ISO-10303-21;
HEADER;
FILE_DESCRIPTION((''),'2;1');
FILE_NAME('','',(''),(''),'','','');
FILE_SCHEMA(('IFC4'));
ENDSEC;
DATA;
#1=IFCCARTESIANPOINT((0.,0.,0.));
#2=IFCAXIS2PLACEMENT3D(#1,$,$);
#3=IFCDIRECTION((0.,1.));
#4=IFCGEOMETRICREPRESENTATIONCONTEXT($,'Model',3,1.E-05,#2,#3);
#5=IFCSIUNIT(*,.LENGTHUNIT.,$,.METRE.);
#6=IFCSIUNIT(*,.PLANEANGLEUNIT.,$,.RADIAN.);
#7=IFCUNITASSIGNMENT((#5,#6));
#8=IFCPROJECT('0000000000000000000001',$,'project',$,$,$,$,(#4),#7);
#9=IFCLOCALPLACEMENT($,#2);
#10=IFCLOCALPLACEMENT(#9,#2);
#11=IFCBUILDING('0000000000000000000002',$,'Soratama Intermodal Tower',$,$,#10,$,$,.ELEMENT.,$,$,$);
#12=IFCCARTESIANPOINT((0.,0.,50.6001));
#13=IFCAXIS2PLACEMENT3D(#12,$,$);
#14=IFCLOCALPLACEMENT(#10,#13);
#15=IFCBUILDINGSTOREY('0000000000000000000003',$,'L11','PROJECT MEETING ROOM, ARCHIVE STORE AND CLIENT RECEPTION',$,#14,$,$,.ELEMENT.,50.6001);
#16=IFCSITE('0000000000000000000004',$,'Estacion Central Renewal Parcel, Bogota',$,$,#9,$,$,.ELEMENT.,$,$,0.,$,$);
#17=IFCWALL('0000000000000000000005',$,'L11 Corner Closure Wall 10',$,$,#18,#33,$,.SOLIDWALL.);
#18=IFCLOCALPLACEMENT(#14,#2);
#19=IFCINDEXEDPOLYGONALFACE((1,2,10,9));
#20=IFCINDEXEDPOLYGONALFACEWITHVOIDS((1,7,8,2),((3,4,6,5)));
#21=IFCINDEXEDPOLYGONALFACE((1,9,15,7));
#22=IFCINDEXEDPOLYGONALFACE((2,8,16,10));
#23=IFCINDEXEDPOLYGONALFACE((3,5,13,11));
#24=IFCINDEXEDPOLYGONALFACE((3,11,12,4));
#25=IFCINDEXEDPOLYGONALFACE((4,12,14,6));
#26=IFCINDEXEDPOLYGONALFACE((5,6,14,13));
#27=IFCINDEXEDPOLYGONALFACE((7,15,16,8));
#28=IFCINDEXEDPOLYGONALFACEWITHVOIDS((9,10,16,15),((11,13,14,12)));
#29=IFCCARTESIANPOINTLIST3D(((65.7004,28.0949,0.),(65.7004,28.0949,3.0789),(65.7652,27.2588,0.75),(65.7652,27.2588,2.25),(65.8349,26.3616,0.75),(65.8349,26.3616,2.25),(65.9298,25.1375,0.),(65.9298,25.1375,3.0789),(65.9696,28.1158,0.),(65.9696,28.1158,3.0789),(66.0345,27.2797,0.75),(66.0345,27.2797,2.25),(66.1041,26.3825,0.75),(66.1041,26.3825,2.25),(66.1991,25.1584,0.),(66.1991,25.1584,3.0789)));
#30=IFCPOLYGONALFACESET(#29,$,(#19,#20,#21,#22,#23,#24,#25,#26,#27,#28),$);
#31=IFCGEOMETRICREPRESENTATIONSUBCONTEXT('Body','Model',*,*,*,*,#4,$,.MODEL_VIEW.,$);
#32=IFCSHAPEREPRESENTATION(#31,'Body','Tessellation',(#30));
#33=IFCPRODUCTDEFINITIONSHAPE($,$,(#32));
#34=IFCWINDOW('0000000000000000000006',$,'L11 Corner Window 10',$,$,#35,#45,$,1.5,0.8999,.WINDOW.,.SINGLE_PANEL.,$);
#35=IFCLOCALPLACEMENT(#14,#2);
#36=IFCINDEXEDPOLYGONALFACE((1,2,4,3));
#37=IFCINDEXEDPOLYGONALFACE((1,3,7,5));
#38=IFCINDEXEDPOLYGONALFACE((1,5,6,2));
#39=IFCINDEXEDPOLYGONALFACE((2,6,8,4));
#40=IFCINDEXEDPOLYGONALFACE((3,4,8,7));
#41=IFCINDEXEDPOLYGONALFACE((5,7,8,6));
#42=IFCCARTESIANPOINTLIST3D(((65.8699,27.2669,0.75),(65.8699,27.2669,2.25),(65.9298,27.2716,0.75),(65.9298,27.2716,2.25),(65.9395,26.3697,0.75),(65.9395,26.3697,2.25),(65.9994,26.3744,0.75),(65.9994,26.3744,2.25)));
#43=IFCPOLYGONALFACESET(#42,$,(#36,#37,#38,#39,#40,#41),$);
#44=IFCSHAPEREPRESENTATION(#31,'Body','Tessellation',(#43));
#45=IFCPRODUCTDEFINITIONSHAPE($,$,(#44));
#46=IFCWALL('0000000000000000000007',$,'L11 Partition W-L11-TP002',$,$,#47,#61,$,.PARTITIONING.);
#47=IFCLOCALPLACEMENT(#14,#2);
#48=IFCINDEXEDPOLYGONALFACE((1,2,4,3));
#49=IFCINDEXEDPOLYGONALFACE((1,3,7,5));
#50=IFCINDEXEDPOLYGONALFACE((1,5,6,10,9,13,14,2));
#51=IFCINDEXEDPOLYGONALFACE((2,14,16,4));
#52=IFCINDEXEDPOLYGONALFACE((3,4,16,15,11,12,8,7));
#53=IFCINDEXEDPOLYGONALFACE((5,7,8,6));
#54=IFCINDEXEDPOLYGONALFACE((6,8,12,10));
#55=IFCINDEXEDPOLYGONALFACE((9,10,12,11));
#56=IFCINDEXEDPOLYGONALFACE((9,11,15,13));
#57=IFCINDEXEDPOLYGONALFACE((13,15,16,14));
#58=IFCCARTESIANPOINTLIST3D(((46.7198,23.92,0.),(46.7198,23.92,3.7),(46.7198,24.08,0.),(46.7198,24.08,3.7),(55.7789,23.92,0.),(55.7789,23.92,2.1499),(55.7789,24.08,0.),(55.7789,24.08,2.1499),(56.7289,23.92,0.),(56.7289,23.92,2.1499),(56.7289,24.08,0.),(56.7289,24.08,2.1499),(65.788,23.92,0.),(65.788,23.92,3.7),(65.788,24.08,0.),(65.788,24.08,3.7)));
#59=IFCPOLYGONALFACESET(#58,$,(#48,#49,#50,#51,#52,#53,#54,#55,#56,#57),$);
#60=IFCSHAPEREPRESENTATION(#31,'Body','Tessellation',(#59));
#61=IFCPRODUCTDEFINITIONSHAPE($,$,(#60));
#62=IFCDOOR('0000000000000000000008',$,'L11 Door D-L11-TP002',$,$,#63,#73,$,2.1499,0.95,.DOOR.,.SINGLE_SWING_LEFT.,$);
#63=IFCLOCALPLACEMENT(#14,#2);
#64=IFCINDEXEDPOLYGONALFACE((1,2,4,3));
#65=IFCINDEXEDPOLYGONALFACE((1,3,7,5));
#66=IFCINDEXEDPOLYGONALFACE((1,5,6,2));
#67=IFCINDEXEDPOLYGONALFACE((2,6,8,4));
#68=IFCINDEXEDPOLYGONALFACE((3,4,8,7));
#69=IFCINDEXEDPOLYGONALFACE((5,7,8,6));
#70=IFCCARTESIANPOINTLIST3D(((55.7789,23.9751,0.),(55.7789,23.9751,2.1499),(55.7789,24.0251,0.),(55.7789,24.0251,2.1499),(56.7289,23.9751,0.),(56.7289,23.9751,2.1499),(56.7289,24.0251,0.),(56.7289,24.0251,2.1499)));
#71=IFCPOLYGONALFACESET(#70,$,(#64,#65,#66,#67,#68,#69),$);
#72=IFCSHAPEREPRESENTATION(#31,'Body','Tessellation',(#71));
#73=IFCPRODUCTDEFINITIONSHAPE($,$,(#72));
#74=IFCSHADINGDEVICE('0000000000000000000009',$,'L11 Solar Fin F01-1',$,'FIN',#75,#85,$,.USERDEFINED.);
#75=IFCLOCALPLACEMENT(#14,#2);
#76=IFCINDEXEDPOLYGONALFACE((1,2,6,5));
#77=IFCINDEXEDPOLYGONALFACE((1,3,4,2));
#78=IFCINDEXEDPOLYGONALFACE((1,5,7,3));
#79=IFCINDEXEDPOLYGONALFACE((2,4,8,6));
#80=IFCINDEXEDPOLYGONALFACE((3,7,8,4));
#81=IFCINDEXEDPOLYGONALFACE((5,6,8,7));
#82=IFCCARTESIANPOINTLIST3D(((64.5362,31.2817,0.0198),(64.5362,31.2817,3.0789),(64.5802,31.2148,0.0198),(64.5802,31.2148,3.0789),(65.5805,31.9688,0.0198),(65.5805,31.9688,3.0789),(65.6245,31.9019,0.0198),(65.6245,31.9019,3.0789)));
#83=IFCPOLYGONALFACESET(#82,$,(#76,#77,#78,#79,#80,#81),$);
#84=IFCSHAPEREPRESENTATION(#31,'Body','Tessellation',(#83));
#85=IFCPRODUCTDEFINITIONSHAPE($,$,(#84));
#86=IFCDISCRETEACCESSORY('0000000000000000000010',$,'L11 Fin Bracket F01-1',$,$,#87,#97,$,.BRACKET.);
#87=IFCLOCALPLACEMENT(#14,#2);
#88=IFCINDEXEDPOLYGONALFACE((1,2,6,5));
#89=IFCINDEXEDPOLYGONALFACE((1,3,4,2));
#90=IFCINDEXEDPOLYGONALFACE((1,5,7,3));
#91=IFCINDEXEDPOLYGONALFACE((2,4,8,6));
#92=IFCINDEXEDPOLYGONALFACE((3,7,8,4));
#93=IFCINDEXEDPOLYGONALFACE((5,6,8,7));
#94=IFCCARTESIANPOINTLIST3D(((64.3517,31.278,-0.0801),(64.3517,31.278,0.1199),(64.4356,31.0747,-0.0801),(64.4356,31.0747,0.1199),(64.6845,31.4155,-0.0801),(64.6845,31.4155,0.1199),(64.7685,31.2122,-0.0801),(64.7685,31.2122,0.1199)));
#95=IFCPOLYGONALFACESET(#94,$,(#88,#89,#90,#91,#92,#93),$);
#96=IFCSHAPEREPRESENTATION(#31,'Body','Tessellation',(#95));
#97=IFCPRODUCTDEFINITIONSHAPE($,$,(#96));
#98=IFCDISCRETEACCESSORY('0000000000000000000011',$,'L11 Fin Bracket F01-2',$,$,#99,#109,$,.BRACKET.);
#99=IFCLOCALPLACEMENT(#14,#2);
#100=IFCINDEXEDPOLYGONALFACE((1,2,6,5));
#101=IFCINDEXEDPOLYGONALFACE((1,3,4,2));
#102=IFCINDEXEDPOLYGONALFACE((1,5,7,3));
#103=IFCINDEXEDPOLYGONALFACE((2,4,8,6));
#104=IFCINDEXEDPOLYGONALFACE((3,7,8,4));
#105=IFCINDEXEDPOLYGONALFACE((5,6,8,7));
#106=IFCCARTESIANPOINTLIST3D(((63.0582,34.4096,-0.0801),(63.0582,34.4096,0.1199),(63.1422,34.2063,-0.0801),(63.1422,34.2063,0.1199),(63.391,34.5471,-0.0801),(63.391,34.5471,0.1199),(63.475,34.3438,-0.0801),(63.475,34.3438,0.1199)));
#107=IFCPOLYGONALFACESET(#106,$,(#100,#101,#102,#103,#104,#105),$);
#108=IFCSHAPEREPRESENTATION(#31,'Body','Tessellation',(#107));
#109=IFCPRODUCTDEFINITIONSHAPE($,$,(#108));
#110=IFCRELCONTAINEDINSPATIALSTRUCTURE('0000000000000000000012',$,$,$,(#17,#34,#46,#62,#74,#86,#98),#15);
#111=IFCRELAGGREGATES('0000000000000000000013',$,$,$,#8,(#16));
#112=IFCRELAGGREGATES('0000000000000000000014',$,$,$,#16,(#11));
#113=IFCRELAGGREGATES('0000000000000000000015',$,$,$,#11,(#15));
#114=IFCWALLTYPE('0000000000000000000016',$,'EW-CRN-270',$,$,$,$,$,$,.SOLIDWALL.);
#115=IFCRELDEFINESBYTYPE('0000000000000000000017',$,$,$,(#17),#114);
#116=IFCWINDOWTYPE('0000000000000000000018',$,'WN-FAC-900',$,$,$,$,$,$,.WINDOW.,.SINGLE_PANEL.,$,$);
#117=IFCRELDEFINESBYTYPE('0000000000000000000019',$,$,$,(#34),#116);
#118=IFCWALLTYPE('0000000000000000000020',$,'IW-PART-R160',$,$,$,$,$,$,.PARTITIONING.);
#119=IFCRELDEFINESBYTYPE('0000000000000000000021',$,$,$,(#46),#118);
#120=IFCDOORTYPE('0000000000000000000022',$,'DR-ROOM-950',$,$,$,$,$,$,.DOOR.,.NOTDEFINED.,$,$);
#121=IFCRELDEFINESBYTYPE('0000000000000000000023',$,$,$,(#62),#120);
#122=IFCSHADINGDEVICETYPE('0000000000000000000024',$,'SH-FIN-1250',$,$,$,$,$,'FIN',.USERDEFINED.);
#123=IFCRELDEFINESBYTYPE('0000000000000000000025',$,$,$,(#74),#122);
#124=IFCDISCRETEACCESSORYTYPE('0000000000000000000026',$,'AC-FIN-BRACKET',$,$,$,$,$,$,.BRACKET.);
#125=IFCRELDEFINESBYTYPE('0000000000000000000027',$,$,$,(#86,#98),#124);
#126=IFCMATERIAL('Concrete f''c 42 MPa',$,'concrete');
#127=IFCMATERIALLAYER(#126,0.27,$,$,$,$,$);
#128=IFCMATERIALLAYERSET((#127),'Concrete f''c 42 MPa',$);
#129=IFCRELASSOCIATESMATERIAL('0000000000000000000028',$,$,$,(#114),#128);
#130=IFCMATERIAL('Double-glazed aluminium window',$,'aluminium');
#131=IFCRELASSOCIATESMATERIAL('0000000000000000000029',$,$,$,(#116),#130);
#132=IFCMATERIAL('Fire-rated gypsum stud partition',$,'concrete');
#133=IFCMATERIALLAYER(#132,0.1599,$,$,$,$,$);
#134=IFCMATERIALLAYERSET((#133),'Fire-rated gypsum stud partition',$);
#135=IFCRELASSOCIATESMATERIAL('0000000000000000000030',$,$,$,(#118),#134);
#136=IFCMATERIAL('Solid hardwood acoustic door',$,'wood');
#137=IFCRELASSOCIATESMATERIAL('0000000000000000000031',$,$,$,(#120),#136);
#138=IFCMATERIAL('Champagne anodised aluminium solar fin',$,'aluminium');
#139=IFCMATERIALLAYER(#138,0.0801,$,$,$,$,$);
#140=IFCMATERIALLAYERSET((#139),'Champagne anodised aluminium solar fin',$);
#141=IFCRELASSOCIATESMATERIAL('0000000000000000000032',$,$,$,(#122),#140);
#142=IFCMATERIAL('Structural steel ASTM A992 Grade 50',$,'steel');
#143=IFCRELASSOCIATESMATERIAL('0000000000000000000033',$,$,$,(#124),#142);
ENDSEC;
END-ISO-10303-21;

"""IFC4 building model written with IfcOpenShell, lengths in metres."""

from ifc_helpers import new_model, si_unit, direction, frame, frame_2d, origin, origin_2d, place, context, subcontext, project, spatial, rectangle, extrude, material, layer, layer_set, type_object, element, fill, save


model = new_model("IFC4")

# Units and contexts
model_context = context("Model", 3, precision=1e-05, world=origin(), true_north=direction((0.0, 1.0)))
body_context = subcontext(model_context, "Body", "Model", "MODEL_VIEW")
ifc_project = project(units=[si_unit("LENGTHUNIT", "METRE"), si_unit("PLANEANGLEUNIT", "RADIAN")], contexts=[model_context])

# Site, building, storey
site_placement = place(None, origin())
site = spatial("IfcSite", under=ifc_project, at=site_placement, Name="Estacion Central Renewal Parcel, Bogota", CompositionType="ELEMENT", RefElevation=0.0)
building_placement = place(site_placement, origin())
building = spatial("IfcBuilding", under=site, at=building_placement, Name="Soratama Intermodal Tower", CompositionType="ELEMENT")
storey_placement = place(building_placement, frame((0.0, 0.0, 50.6001)))
storey = spatial("IfcBuildingStorey", under=building, at=storey_placement, Name="L11", Description="PROJECT MEETING ROOM, ARCHIVE STORE AND CLIENT RECEPTION", CompositionType="ELEMENT", Elevation=50.6001)

# Wall, opening, window
ifc_material_1 = material(Name="Concrete f'c 42 MPa", Category="concrete")
ifc_layer_1 = layer(ifc_material_1, 0.27)
ifc_layer_set_1 = layer_set([ifc_layer_1], Name="Concrete f'c 42 MPa")
wall_type_1 = type_object("IfcWallType", Name="EW-CRN-270", PredefinedType="SOLIDWALL", material=ifc_layer_set_1)
wall_1_placement = place(storey_placement, frame((66.0645, 25.1479, 0.0), z_axis=(0.0, 0.0, 1.0), x_axis=(-0.077364, 0.997003, 0.0)))
wall_1 = element("IfcWall", 1, at=wall_1_placement, inside=storey, type_object=wall_type_1, Name="L11 Corner Closure Wall 10", PredefinedType="SOLIDWALL", context=body_context, shape_type="SweptSolid", body=[
    extrude(rectangle(XDim=2.9663, YDim=0.27, at=frame_2d((1.4832, 0.0))), origin(), (0.0, 0.0, 1.0), 3.0789),
])
opening_1_placement = place(wall_1_placement, frame((1.2278, 0.0, 0.75)))
opening_1 = element("IfcOpeningElement", 2, at=opening_1_placement, cuts=wall_1, PredefinedType="OPENING", context=body_context, shape_type="SweptSolid", body=[
    extrude(rectangle(XDim=0.8999, YDim=1.5, at=frame_2d((0.45, 0.75))), frame((0.0, 0.145, 0.0), z_axis=(0.0, -1.0, 0.0), x_axis=(1.0, 0.0, 0.0)), (0.0, 0.0, 1.0), 0.29),
])
ifc_material_2 = material(Name="Double-glazed aluminium window", Category="aluminium")
window_type = type_object("IfcWindowType", Name="WN-FAC-900", PartitioningType="SINGLE_PANEL", PredefinedType="WINDOW", material=ifc_material_2)
window_placement = place(opening_1_placement, origin())
window = element("IfcWindow", 3, at=window_placement, inside=storey, type_object=window_type, Name="L11 Corner Window 10", OverallHeight=1.5, OverallWidth=0.8999, PartitioningType="SINGLE_PANEL", PredefinedType="WINDOW", context=body_context, shape_type="SweptSolid", body=[
    extrude(rectangle(XDim=0.8999, YDim=1.5, at=frame_2d((0.45, 0.75))), frame((0.0, 0.03, 0.0), z_axis=(0.0, -1.0, 0.0), x_axis=(1.0, 0.0, 0.0)), (0.0, 0.0, 1.0), 0.0601),
])
fill(opening_1, window)

# Wall, opening, door
ifc_material_3 = material(Name="Fire-rated gypsum stud partition", Category="concrete")
ifc_layer_2 = layer(ifc_material_3, 0.1599)
ifc_layer_set_2 = layer_set([ifc_layer_2], Name="Fire-rated gypsum stud partition")
wall_type_2 = type_object("IfcWallType", Name="IW-PART-R160", PredefinedType="PARTITIONING", material=ifc_layer_set_2)
wall_2_placement = place(storey_placement, frame((65.7881, 24.0, 0.0), z_axis=(0.0, 0.0, 1.0), x_axis=(-1.0, 0.0, 0.0)))
wall_2 = element("IfcWall", 4, at=wall_2_placement, inside=storey, type_object=wall_type_2, Name="L11 Partition W-L11-TP002", PredefinedType="PARTITIONING", context=body_context, shape_type="SweptSolid", body=[
    extrude(rectangle(XDim=19.0681, YDim=0.1599, at=frame_2d((9.5342, 0.0))), origin(), (0.0, 0.0, 1.0), 3.7),
])
opening_2_placement = place(wall_2_placement, frame((9.0591, 0.0, 0.0)))
opening_2 = element("IfcOpeningElement", 5, at=opening_2_placement, cuts=wall_2, PredefinedType="OPENING", context=body_context, shape_type="SweptSolid", body=[
    extrude(rectangle(XDim=0.95, YDim=2.1499, at=frame_2d((0.4751, 1.075))), frame((0.0, 0.0898, 0.0), z_axis=(0.0, -1.0, 0.0), x_axis=(1.0, 0.0, 0.0)), (0.0, 0.0, 1.0), 0.1799),
])
ifc_material_4 = material(Name="Solid hardwood acoustic door", Category="wood")
door_type = type_object("IfcDoorType", Name="DR-ROOM-950", OperationType="NOTDEFINED", PredefinedType="DOOR", material=ifc_material_4)
door_placement = place(opening_2_placement, origin())
door = element("IfcDoor", 6, at=door_placement, inside=storey, type_object=door_type, Name="L11 Door D-L11-TP002", OperationType="SINGLE_SWING_LEFT", OverallHeight=2.1499, OverallWidth=0.95, PredefinedType="DOOR", context=body_context, shape_type="SweptSolid", body=[
    extrude(rectangle(XDim=0.95, YDim=2.1499, at=frame_2d((0.4751, 1.075))), frame((0.0, 0.0249, 0.0), z_axis=(0.0, -1.0, 0.0), x_axis=(1.0, 0.0, 0.0)), (0.0, 0.0, 1.0), 0.05),
])
fill(opening_2, door)

# Shading device
ifc_material_5 = material(Name="Champagne anodised aluminium solar fin", Category="aluminium")
ifc_layer_3 = layer(ifc_material_5, 0.0801)
ifc_layer_set_3 = layer_set([ifc_layer_3], Name="Champagne anodised aluminium solar fin")
shading_device_type = type_object("IfcShadingDeviceType", Name="SH-FIN-1250", ElementType="FIN", PredefinedType="USERDEFINED", material=ifc_layer_set_3)
shading_device_placement = place(storey_placement, frame((65.0803, 31.5918, 0.0198), z_axis=(0.0, 0.0, 1.0), x_axis=(0.835424, 0.549606, 0.0)))
element("IfcShadingDevice", 7, at=shading_device_placement, inside=storey, type_object=shading_device_type, Name="L11 Solar Fin F01-1", ObjectType="FIN", PredefinedType="USERDEFINED", context=body_context, shape_type="SweptSolid", body=[
    extrude(rectangle(XDim=1.25, YDim=0.0801, at=origin_2d()), origin(), (0.0, 0.0, 1.0), 3.0591),
])

# Discrete accessories
ifc_material_6 = material(Name="Structural steel ASTM A992 Grade 50", Category="steel")
discrete_accessory_type = type_object("IfcDiscreteAccessoryType", Name="AC-FIN-BRACKET", PredefinedType="BRACKET", material=ifc_material_6)
for number, where, z_axis, x_axis, name in (
    (8, (64.5601, 31.2451, -0.0801), (0.0, 0.0, 1.0), (0.92428, 0.381716, 0.0), "L11 Fin Bracket F01-1"),
    (9, (63.2666, 34.3767, -0.0801), (0.0, 0.0, 1.0), (0.92428, 0.381716, 0.0), "L11 Fin Bracket F01-2"),
):
    element("IfcDiscreteAccessory", number, at=place(storey_placement, frame(where, z_axis=z_axis, x_axis=x_axis)), inside=storey, type_object=discrete_accessory_type, Name=name, PredefinedType="BRACKET", context=body_context, shape_type="SweptSolid", body=[
        extrude(rectangle(XDim=0.3601, YDim=0.22, at=origin_2d()), origin(), (0.0, 0.0, 1.0), 0.2),
    ])

save(model, "model.ifc")
